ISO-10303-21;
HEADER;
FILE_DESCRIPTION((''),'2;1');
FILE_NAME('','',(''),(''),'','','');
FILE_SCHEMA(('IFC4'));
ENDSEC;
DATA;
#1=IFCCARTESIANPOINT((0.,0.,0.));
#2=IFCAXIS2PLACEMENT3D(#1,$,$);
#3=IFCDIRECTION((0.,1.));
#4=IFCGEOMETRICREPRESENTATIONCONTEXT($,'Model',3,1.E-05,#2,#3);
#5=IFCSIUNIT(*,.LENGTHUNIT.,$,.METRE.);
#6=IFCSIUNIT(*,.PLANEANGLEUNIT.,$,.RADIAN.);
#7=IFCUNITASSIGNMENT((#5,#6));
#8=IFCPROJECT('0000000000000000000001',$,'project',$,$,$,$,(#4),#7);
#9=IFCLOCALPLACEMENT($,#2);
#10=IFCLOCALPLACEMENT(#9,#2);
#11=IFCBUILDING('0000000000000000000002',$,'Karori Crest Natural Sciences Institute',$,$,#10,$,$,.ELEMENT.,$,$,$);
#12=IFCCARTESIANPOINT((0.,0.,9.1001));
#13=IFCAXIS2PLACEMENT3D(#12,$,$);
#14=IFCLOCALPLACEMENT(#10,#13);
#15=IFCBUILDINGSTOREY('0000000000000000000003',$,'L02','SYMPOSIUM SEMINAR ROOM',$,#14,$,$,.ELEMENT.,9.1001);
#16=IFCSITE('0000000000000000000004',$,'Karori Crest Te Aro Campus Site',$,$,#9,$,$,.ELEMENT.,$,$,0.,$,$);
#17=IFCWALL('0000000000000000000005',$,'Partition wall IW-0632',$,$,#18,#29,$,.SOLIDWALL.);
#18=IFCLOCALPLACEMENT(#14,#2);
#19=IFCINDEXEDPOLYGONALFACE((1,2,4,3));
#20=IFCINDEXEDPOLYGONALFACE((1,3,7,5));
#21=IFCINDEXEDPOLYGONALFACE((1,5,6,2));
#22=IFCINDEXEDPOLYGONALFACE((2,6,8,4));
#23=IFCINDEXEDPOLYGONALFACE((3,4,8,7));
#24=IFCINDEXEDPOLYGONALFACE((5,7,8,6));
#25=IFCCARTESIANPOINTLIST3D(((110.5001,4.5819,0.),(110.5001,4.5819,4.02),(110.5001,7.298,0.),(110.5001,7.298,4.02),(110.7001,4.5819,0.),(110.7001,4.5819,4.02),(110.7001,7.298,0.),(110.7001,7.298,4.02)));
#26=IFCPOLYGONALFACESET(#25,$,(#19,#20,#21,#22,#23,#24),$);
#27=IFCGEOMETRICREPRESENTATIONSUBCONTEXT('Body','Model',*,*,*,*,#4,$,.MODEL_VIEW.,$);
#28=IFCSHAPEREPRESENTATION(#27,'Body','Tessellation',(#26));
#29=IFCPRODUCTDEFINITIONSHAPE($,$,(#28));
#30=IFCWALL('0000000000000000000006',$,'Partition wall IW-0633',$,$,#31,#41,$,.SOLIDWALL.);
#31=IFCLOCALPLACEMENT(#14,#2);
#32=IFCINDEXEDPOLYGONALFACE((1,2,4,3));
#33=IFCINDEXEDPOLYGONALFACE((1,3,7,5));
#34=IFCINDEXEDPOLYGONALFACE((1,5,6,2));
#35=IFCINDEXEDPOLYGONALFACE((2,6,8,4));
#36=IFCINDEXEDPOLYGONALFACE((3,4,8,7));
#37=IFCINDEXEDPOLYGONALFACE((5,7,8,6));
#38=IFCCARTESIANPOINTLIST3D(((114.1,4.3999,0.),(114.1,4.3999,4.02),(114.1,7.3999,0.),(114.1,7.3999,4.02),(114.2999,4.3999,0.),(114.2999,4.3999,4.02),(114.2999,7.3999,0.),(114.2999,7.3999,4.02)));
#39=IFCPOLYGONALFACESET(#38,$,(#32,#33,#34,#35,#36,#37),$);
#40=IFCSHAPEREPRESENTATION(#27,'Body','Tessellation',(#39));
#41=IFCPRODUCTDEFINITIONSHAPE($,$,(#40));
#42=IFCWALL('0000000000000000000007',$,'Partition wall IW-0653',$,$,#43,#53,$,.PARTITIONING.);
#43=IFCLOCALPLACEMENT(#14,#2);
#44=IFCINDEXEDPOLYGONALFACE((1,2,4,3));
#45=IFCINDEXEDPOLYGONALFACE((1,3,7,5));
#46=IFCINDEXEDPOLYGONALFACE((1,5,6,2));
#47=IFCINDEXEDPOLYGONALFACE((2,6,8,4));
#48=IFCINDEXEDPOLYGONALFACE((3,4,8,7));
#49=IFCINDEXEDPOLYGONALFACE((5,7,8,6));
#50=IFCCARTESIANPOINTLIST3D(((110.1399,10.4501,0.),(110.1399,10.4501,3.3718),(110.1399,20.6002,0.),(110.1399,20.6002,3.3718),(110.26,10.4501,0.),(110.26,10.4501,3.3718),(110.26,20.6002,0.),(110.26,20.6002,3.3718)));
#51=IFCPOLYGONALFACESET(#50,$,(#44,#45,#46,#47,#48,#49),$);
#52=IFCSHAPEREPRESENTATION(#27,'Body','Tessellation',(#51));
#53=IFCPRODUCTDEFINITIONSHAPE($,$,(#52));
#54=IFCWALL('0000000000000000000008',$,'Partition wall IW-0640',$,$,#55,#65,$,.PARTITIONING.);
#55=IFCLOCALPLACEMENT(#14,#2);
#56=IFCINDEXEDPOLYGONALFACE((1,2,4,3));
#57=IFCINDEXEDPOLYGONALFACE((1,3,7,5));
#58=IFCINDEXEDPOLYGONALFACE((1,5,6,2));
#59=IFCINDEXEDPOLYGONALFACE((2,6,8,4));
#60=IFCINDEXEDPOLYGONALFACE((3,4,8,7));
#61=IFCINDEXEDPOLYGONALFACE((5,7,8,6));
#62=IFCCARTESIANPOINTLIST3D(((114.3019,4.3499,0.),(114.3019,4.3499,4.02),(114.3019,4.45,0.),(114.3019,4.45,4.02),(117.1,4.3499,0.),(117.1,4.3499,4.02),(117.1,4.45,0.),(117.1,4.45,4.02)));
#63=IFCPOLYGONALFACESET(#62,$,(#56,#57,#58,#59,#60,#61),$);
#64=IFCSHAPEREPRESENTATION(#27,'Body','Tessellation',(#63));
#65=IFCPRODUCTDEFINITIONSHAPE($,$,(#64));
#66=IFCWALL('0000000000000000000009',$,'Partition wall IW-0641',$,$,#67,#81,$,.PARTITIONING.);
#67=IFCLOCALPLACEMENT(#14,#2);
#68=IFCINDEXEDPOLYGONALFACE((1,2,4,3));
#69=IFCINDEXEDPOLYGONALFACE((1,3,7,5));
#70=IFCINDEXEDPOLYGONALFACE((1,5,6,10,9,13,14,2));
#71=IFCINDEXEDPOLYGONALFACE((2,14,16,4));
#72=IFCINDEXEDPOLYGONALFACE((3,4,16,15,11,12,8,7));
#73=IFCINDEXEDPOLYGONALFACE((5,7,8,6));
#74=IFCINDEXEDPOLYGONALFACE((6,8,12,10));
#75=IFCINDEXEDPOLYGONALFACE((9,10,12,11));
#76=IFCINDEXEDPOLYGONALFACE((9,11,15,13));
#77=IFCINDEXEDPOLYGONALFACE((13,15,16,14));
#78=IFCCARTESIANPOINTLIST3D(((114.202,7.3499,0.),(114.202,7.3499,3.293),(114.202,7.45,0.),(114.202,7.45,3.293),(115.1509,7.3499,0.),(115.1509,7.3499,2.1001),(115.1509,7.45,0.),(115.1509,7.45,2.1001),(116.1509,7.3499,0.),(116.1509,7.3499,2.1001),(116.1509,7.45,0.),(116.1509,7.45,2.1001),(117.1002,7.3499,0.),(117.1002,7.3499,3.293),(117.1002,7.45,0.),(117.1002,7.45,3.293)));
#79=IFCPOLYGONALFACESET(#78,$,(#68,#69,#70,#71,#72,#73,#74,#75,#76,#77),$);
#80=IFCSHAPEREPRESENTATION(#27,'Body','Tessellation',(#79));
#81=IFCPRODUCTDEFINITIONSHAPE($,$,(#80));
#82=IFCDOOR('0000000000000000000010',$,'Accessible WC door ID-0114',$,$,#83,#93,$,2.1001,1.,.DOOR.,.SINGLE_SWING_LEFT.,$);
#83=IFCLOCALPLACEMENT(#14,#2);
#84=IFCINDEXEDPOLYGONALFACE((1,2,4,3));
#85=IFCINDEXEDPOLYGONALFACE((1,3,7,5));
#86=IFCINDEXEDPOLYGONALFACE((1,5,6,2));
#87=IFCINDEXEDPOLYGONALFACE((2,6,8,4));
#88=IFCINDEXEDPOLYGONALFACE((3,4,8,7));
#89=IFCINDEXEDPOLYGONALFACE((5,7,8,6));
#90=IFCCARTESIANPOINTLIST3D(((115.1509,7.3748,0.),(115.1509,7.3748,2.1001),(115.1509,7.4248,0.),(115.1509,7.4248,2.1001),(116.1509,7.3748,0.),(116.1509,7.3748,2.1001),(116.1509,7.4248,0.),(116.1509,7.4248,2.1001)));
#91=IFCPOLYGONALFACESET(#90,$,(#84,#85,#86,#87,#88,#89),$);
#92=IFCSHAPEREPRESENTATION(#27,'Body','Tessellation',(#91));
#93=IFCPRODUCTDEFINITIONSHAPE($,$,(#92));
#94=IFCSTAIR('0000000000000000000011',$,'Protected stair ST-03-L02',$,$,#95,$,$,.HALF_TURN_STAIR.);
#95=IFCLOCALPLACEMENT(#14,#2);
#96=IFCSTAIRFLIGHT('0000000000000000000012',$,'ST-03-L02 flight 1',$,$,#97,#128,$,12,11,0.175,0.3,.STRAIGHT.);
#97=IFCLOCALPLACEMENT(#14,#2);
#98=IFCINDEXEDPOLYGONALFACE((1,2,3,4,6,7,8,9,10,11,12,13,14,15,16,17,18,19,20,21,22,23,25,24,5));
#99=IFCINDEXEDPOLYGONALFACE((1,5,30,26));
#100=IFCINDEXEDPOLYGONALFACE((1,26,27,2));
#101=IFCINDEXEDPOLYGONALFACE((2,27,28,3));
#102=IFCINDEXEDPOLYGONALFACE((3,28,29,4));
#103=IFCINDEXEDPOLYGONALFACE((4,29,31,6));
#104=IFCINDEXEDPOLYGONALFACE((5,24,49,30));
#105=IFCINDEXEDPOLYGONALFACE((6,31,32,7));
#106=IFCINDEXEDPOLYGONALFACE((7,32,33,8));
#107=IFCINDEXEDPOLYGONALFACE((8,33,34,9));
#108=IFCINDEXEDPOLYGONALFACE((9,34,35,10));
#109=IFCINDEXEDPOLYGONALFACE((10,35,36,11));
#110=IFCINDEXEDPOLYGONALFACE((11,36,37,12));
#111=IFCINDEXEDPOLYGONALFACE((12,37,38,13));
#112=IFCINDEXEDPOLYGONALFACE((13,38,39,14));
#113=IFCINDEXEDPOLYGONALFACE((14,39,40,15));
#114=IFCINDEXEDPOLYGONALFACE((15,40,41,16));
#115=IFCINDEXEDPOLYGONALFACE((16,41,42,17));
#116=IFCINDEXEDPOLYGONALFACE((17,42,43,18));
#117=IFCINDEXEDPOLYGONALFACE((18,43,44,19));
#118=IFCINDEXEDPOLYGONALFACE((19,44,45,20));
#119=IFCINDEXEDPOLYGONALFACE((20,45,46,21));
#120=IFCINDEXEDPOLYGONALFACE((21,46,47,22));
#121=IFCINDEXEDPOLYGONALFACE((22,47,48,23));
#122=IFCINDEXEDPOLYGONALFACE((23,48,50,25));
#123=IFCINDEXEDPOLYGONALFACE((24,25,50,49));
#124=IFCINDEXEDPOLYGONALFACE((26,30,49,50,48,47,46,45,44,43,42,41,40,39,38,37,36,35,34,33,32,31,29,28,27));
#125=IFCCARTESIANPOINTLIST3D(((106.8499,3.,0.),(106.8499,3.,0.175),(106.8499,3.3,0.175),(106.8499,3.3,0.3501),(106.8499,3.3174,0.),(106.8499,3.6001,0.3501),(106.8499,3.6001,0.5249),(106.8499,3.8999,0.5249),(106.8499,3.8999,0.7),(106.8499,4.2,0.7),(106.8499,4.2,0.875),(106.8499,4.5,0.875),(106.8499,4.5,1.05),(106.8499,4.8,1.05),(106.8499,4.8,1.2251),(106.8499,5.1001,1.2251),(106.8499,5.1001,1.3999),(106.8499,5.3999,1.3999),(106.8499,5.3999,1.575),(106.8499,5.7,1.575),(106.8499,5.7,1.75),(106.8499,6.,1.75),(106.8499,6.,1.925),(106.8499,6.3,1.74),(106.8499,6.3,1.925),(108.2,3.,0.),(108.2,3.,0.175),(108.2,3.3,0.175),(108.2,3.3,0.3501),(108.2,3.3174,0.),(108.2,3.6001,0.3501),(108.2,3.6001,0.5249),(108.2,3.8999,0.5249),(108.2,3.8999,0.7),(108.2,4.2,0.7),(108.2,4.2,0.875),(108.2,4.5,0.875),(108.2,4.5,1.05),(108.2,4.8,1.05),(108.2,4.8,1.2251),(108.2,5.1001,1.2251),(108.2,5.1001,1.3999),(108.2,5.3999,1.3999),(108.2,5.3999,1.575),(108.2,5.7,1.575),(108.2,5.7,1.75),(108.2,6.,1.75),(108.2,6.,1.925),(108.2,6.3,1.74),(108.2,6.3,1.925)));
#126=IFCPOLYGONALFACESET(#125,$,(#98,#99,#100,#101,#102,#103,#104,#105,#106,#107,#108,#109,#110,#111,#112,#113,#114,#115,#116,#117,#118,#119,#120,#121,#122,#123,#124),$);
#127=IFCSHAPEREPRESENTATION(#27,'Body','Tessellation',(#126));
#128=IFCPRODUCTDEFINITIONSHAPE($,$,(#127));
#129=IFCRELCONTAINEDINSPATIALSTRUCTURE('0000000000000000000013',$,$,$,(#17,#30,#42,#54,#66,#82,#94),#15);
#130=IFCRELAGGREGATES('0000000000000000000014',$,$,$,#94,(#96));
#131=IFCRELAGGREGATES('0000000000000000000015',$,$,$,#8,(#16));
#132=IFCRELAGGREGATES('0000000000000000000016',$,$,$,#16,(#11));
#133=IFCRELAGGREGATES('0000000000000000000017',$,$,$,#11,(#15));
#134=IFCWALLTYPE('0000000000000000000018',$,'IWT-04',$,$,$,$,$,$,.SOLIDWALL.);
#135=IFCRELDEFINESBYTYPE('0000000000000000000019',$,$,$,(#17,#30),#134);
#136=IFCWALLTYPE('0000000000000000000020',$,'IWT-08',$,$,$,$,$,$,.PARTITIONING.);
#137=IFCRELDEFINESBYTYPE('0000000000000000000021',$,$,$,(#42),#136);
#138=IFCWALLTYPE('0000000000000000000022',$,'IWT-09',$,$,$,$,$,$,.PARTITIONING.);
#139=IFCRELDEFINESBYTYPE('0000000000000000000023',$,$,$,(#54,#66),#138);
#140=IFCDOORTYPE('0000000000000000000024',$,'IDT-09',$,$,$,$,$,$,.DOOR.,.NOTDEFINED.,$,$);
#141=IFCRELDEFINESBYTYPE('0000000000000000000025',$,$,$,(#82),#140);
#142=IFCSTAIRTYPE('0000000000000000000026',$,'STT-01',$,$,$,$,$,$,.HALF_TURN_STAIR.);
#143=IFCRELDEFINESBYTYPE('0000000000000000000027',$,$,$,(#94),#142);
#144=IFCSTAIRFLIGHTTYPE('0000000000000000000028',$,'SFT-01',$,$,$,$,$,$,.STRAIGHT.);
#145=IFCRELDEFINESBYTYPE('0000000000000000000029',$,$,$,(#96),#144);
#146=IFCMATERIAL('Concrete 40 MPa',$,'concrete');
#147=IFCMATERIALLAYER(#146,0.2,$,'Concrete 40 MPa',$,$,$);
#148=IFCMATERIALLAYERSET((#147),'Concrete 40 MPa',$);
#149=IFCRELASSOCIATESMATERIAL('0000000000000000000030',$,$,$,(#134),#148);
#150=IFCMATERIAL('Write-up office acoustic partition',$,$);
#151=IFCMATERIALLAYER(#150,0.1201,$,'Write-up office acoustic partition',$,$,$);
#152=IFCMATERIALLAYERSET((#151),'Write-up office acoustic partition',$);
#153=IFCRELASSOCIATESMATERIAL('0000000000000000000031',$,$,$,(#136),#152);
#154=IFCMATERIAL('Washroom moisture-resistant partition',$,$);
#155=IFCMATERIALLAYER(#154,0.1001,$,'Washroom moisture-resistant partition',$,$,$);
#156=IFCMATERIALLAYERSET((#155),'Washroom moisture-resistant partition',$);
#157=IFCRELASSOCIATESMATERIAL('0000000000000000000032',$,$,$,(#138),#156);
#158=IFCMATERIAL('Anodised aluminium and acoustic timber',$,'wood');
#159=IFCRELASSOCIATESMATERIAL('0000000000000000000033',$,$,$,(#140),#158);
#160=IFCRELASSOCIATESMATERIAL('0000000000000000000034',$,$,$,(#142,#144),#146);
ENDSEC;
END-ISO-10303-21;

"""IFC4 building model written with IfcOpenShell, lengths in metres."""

from ifc_helpers import new_model, si_unit, direction, frame, frame_2d, origin, place, context, subcontext, project, spatial, polyline, rectangle, outline, extrude, material, layer, layer_set, type_object, element, fill, aggregate, save


model = new_model("IFC4")

# Units and contexts
model_context = context("Model", 3, precision=1e-05, world=origin(), true_north=direction((0.0, 1.0)))
body_context = subcontext(model_context, "Body", "Model", "MODEL_VIEW")
ifc_project = project(units=[si_unit("LENGTHUNIT", "METRE"), si_unit("PLANEANGLEUNIT", "RADIAN")], contexts=[model_context])

# Site, building, storey
site_placement = place(None, origin())
site = spatial("IfcSite", under=ifc_project, at=site_placement, Name="Karori Crest Te Aro Campus Site", CompositionType="ELEMENT", RefElevation=0.0)
building_placement = place(site_placement, origin())
building = spatial("IfcBuilding", under=site, at=building_placement, Name="Karori Crest Natural Sciences Institute", CompositionType="ELEMENT")
storey_placement = place(building_placement, frame((0.0, 0.0, 9.1001)))
storey = spatial("IfcBuildingStorey", under=building, at=storey_placement, Name="L02", Description="SYMPOSIUM SEMINAR ROOM", CompositionType="ELEMENT", Elevation=9.1001)

# Shared definitions
ifc_material_1 = material(Name="Concrete 40 MPa", Category="concrete")
ifc_layer_1 = layer(ifc_material_1, 0.2, Name="Concrete 40 MPa")
ifc_layer_set_1 = layer_set([ifc_layer_1], Name="Concrete 40 MPa")
wall_type_1 = type_object("IfcWallType", Name="IWT-04", PredefinedType="SOLIDWALL", material=ifc_layer_set_1)

# Walls
wall_1_placement = place(storey_placement, frame((110.6001, 4.582, 0.0), z_axis=(0.0, 0.0, 1.0), x_axis=(0.0, 1.0, 0.0)))
element("IfcWall", 1, at=wall_1_placement, inside=storey, type_object=wall_type_1, Name="Partition wall IW-0632", PredefinedType="SOLIDWALL", context=body_context, shape_type="SweptSolid", body=[
    extrude(rectangle(XDim=2.7161, YDim=0.2, at=frame_2d((1.3579, 0.0))), origin(), (0.0, 0.0, 1.0), 4.02),
])
wall_2_placement = place(storey_placement, frame((114.2, 4.3999, 0.0), z_axis=(0.0, 0.0, 1.0), x_axis=(0.0, 1.0, 0.0)))
element("IfcWall", 2, at=wall_2_placement, inside=storey, type_object=wall_type_1, Name="Partition wall IW-0633", PredefinedType="SOLIDWALL", context=body_context, shape_type="SweptSolid", body=[
    extrude(rectangle(XDim=3.0, YDim=0.2, at=frame_2d((1.5, 0.0))), origin(), (0.0, 0.0, 1.0), 4.02),
])
ifc_material_2 = material(Name="Write-up office acoustic partition")
ifc_layer_2 = layer(ifc_material_2, 0.1201, Name="Write-up office acoustic partition")
ifc_layer_set_2 = layer_set([ifc_layer_2], Name="Write-up office acoustic partition")
wall_type_2 = type_object("IfcWallType", Name="IWT-08", PredefinedType="PARTITIONING", material=ifc_layer_set_2)
wall_3_placement = place(storey_placement, frame((110.2, 10.45, 0.0), z_axis=(0.0, 0.0, 1.0), x_axis=(0.0, 1.0, 0.0)))
element("IfcWall", 3, at=wall_3_placement, inside=storey, type_object=wall_type_2, Name="Partition wall IW-0653", PredefinedType="PARTITIONING", context=body_context, shape_type="SweptSolid", body=[
    extrude(rectangle(XDim=10.1501, YDim=0.1201, at=frame_2d((5.0752, 0.0))), origin(), (0.0, 0.0, 1.0), 3.3718),
])
ifc_material_3 = material(Name="Washroom moisture-resistant partition")
ifc_layer_3 = layer(ifc_material_3, 0.1001, Name="Washroom moisture-resistant partition")
ifc_layer_set_3 = layer_set([ifc_layer_3], Name="Washroom moisture-resistant partition")
wall_type_3 = type_object("IfcWallType", Name="IWT-09", PredefinedType="PARTITIONING", material=ifc_layer_set_3)
wall_4_placement = place(storey_placement, frame((114.302, 4.3999, 0.0), z_axis=(0.0, 0.0, 1.0), x_axis=(1.0, 0.0, 0.0)))
element("IfcWall", 4, at=wall_4_placement, inside=storey, type_object=wall_type_3, Name="Partition wall IW-0640", PredefinedType="PARTITIONING", context=body_context, shape_type="SweptSolid", body=[
    extrude(rectangle(XDim=2.7981, YDim=0.1001, at=frame_2d((1.3989, 0.0))), origin(), (0.0, 0.0, 1.0), 4.02),
])

# Wall, opening, door
wall_5_placement = place(storey_placement, frame((114.2019, 7.3999, 0.0), z_axis=(0.0, 0.0, 1.0), x_axis=(1.0, 0.0, 0.0)))
wall_5 = element("IfcWall", 5, at=wall_5_placement, inside=storey, type_object=wall_type_3, Name="Partition wall IW-0641", PredefinedType="PARTITIONING", context=body_context, shape_type="SweptSolid", body=[
    extrude(rectangle(XDim=2.8982, YDim=0.1001, at=frame_2d((1.4492, 0.0))), origin(), (0.0, 0.0, 1.0), 3.293),
])
opening_1_placement = place(wall_5_placement, frame((0.949, 0.0, 0.0)))
opening_1 = element("IfcOpeningElement", 6, at=opening_1_placement, cuts=wall_5, PredefinedType="OPENING", context=body_context, shape_type="SweptSolid", body=[
    extrude(rectangle(XDim=1.0, YDim=2.1001, at=frame_2d((0.5, 1.05))), frame((0.0, 0.0601, 0.0), z_axis=(0.0, -1.0, 0.0), x_axis=(1.0, 0.0, 0.0)), (0.0, 0.0, 1.0), 0.1201),
])
ifc_material_4 = material(Name="Anodised aluminium and acoustic timber", Category="wood")
door_type_1 = type_object("IfcDoorType", Name="IDT-09", OperationType="NOTDEFINED", PredefinedType="DOOR", material=ifc_material_4)
door_1_placement = place(opening_1_placement, origin())
door_1 = element("IfcDoor", 7, at=door_1_placement, inside=storey, type_object=door_type_1, Name="Accessible WC door ID-0114", OperationType="SINGLE_SWING_LEFT", OverallHeight=2.1001, OverallWidth=1.0, PredefinedType="DOOR", context=body_context, shape_type="SweptSolid", body=[
    extrude(rectangle(XDim=1.0, YDim=2.1001, at=frame_2d((0.5, 1.05))), frame((0.0, 0.0249, 0.0), z_axis=(0.0, -1.0, 0.0), x_axis=(1.0, 0.0, 0.0)), (0.0, 0.0, 1.0), 0.05),
])
fill(opening_1, door_1)

# Stair, stair flight
stair_type = type_object("IfcStairType", Name="STT-01", PredefinedType="HALF_TURN_STAIR", material=ifc_material_1)
stair_placement = place(storey_placement, origin())
stair = element("IfcStair", 8, at=stair_placement, inside=storey, type_object=stair_type, Name="Protected stair ST-03-L02", PredefinedType="HALF_TURN_STAIR")
stair_flight_type = type_object("IfcStairFlightType", Name="SFT-01", PredefinedType="STRAIGHT", material=ifc_material_1)
stair_flight_placement = place(storey_placement, frame((107.5249, 3.0, 0.0), z_axis=(0.0, 0.0, 1.0), x_axis=(0.0, 1.0, 0.0)))
stair_flight = element("IfcStairFlight", 9, at=stair_flight_placement, type_object=stair_flight_type, Name="ST-03-L02 flight 1", NumberOfRisers=12, NumberOfTreads=11, PredefinedType="STRAIGHT", RiserHeight=0.175, TreadLength=0.3, context=body_context, shape_type="SweptSolid", body=[
    extrude(outline(polyline([(0.0, 0.0), (0.0, 0.175), (0.3, 0.175), (0.3, 0.3501), (0.6001, 0.3501), (0.6001, 0.5249), (0.8999, 0.5249), (0.8999, 0.7), (1.2, 0.7), (1.2, 0.875), (1.5, 0.875), (1.5, 1.05), (1.8, 1.05), (1.8, 1.2251), (2.1001, 1.2251), (2.1001, 1.3999), (2.3999, 1.3999), (2.3999, 1.575), (2.7, 1.575), (2.7, 1.75), (3.0, 1.75), (3.0, 1.925), (3.3, 1.925), (3.3, 2.1001), (3.3, 1.74), (0.3174, 0.0), (0.0, 0.0)])), frame((0.0, 0.675, 0.0), z_axis=(0.0, -1.0, 0.0), x_axis=(1.0, 0.0, 0.0)), (0.0, 0.0, 1.0), 1.3501),
])
aggregate(stair, [stair_flight])

save(model, "model.ifc")
